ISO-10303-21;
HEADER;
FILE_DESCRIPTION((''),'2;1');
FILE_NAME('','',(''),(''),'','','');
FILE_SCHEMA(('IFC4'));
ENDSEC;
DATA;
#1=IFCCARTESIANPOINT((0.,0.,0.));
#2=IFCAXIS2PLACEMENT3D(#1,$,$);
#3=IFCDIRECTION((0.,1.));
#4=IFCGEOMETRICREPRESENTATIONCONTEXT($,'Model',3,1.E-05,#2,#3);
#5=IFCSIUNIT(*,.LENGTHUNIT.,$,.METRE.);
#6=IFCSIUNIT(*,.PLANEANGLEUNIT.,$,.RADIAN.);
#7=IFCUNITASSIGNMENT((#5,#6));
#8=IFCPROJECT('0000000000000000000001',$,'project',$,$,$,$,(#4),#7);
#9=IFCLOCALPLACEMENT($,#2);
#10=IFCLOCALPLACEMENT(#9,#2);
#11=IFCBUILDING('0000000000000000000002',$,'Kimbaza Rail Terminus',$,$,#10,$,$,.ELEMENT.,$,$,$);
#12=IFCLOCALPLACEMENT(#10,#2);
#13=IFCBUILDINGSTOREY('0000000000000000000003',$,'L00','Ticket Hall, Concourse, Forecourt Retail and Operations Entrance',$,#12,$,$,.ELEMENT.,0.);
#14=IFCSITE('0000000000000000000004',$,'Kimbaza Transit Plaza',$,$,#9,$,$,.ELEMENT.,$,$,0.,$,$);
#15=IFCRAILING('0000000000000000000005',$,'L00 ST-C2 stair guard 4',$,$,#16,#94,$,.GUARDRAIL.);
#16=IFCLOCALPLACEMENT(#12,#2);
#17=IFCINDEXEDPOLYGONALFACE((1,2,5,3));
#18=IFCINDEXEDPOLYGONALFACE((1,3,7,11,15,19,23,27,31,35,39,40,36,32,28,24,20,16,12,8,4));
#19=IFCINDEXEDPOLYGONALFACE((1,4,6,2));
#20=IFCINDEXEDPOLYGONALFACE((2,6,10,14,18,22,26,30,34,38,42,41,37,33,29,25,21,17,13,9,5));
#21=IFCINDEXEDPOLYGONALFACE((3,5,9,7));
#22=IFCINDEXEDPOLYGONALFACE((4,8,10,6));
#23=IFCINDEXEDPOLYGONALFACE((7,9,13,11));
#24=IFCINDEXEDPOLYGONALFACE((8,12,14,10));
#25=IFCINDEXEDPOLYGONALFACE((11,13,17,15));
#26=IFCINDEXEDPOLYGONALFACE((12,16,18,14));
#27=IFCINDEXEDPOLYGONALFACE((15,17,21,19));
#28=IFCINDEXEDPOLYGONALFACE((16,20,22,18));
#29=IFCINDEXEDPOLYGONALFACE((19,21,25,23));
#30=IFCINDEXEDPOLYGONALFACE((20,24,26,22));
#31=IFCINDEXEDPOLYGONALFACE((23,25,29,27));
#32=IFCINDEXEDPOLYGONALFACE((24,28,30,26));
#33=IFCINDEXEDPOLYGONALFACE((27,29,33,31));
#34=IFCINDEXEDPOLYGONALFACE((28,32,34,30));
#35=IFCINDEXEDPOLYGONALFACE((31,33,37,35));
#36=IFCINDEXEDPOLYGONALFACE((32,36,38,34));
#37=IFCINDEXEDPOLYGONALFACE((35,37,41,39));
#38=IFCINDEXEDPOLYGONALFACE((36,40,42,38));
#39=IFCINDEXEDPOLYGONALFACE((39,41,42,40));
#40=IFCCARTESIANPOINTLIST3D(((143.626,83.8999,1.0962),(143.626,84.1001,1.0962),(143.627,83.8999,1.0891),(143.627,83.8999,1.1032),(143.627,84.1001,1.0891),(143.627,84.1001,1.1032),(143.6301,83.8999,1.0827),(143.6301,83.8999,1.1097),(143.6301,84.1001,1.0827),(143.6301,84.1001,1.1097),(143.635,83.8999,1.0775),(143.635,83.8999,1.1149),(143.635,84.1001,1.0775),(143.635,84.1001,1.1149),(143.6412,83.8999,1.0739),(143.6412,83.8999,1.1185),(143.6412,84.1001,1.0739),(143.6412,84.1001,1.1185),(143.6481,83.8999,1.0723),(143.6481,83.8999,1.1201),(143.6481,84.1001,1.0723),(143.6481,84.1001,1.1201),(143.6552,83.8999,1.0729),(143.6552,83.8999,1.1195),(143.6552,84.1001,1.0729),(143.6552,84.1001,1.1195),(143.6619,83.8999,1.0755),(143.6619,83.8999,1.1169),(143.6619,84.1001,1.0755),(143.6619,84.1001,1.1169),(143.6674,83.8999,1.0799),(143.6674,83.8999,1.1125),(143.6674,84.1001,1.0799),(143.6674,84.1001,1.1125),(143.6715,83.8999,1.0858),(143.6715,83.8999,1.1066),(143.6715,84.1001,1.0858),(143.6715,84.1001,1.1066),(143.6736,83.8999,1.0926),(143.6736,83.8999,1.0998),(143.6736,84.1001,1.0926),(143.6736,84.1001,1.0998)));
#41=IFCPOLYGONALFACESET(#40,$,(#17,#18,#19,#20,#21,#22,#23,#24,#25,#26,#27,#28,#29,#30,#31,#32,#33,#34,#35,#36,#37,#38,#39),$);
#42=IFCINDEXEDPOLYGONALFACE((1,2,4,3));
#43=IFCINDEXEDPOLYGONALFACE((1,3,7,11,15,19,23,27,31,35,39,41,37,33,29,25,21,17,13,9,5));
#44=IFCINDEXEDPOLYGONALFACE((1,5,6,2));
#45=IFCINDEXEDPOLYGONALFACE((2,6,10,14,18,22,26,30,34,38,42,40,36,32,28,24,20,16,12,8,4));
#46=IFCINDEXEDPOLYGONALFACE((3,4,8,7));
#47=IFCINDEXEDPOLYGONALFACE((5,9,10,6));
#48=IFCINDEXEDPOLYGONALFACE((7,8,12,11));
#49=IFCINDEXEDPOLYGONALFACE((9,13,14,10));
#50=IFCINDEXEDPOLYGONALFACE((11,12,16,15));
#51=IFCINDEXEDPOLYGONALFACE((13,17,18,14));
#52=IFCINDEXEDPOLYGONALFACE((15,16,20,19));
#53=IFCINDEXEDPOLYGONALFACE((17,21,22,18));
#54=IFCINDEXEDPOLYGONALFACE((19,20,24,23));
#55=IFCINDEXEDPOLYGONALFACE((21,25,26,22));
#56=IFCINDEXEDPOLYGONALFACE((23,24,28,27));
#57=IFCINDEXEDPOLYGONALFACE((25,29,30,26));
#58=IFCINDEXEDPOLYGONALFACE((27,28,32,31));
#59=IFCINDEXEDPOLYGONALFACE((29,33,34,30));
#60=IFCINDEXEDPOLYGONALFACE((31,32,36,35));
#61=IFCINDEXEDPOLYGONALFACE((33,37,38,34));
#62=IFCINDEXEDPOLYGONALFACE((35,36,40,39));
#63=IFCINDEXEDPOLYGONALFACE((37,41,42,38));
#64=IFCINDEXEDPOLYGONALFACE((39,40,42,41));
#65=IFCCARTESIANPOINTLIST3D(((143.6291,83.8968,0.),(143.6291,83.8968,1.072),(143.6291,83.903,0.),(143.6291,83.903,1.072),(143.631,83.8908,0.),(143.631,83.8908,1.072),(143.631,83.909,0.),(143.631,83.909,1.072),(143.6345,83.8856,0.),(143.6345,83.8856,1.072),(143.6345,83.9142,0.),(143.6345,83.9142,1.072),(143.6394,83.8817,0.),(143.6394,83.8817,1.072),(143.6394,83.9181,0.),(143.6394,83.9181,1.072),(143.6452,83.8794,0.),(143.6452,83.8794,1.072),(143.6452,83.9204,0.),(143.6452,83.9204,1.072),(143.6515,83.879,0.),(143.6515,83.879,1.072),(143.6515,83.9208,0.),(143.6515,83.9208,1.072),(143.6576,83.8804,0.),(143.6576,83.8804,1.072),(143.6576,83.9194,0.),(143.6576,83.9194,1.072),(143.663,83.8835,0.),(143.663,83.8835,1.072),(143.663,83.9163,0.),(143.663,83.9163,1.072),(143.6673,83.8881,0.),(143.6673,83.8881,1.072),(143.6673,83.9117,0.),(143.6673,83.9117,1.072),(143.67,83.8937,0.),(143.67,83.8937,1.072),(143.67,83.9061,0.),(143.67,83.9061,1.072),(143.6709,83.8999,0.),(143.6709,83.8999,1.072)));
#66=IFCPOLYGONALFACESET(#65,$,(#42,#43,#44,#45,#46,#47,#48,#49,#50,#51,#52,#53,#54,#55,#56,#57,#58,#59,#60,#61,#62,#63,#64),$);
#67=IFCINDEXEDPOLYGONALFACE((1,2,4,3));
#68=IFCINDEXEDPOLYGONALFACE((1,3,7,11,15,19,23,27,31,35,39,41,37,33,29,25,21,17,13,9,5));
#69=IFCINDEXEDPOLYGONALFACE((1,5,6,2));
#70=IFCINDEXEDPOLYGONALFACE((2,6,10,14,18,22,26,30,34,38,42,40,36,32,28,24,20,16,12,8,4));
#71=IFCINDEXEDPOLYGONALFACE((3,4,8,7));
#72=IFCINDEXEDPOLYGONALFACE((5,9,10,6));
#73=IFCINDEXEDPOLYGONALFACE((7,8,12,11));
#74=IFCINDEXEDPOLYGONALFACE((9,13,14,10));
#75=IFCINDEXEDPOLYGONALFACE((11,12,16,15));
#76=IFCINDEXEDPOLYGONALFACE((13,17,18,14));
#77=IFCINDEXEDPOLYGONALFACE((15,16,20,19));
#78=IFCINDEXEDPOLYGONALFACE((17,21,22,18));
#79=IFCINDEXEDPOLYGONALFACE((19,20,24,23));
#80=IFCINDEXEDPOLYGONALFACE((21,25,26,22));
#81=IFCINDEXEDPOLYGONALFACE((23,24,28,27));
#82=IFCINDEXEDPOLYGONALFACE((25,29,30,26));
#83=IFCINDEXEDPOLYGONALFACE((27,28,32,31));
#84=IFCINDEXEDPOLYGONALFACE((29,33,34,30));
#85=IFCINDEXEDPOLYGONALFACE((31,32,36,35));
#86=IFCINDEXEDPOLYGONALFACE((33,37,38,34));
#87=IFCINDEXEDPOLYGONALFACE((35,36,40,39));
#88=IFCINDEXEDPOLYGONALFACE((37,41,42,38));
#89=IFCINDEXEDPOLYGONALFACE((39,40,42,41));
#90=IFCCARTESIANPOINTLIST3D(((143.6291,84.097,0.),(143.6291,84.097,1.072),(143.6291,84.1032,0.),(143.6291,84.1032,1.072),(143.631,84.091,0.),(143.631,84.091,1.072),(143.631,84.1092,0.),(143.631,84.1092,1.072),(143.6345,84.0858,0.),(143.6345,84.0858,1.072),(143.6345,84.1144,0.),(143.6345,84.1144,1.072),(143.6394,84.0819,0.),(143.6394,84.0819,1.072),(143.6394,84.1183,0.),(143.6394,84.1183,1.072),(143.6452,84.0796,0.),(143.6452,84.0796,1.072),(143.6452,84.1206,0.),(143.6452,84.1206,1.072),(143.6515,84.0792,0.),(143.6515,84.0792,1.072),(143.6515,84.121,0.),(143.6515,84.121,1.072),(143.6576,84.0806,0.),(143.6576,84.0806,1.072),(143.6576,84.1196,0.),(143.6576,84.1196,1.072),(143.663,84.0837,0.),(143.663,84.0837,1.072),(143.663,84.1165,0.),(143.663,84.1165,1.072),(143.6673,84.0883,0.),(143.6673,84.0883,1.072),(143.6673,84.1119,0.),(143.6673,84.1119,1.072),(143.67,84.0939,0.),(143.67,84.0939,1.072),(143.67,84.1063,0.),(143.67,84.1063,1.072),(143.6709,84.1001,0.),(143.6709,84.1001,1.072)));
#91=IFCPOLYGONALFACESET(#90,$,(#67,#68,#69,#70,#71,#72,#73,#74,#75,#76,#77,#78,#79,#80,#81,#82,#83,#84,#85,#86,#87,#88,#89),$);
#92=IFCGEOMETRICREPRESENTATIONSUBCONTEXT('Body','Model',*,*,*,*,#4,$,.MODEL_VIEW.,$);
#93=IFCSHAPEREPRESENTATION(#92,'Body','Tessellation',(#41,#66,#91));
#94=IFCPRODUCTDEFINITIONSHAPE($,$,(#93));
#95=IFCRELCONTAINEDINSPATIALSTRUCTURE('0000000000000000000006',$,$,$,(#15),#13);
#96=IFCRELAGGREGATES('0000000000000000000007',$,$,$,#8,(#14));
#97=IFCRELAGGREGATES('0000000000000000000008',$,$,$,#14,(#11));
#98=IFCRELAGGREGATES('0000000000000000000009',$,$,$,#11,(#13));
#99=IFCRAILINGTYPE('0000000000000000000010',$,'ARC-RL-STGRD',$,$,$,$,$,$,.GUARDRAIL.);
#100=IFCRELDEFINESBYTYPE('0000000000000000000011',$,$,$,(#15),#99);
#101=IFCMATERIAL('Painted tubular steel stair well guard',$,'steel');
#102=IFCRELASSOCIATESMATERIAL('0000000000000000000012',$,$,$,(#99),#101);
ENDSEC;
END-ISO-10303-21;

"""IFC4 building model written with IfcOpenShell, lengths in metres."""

from ifc_helpers import new_model, si_unit, direction, frame, origin, origin_2d, place, context, subcontext, project, spatial, circle, extrude, material, type_object, element, save


model = new_model("IFC4")

# Units and contexts
model_context = context("Model", 3, precision=1e-05, world=origin(), true_north=direction((0.0, 1.0)))
body_context = subcontext(model_context, "Body", "Model", "MODEL_VIEW")
ifc_project = project(units=[si_unit("LENGTHUNIT", "METRE"), si_unit("PLANEANGLEUNIT", "RADIAN")], contexts=[model_context])

# Site, building, storey
site_placement = place(None, origin())
site = spatial("IfcSite", under=ifc_project, at=site_placement, Name="Kimbaza Transit Plaza", CompositionType="ELEMENT", RefElevation=0.0)
building_placement = place(site_placement, origin())
building = spatial("IfcBuilding", under=site, at=building_placement, Name="Kimbaza Rail Terminus", CompositionType="ELEMENT")
storey_placement = place(building_placement, origin())
storey = spatial("IfcBuildingStorey", under=building, at=storey_placement, Name="L00", Description="Ticket Hall, Concourse, Forecourt Retail and Operations Entrance", CompositionType="ELEMENT", Elevation=0.0)

# Railing
ifc_material_1 = material(Name="Painted tubular steel stair well guard", Category="steel")
railing_type_1 = type_object("IfcRailingType", Name="ARC-RL-STGRD", PredefinedType="GUARDRAIL", material=ifc_material_1)
railing_1_placement = place(storey_placement, frame((143.6499, 83.8999, 0.0)))
element("IfcRailing", 1, at=railing_1_placement, inside=storey, type_object=railing_type_1, Name="L00 ST-C2 stair guard 4", PredefinedType="GUARDRAIL", context=body_context, shape_type="SweptSolid", body=[
    extrude(circle(Radius=0.0239, at=origin_2d()), frame((0.0, 0.0, 1.0962), z_axis=(0.0, 1.0, 0.0), x_axis=(-1.0, 0.0, 0.0)), (0.0, 0.0, 1.0), 0.2002),
    extrude(circle(Radius=0.021, at=origin_2d()), origin(), (0.0, 0.0, 1.0), 1.072),
    extrude(circle(Radius=0.021, at=origin_2d()), frame((0.0, 0.2002, 0.0)), (0.0, 0.0, 1.0), 1.072),
])

save(model, "model.ifc")
